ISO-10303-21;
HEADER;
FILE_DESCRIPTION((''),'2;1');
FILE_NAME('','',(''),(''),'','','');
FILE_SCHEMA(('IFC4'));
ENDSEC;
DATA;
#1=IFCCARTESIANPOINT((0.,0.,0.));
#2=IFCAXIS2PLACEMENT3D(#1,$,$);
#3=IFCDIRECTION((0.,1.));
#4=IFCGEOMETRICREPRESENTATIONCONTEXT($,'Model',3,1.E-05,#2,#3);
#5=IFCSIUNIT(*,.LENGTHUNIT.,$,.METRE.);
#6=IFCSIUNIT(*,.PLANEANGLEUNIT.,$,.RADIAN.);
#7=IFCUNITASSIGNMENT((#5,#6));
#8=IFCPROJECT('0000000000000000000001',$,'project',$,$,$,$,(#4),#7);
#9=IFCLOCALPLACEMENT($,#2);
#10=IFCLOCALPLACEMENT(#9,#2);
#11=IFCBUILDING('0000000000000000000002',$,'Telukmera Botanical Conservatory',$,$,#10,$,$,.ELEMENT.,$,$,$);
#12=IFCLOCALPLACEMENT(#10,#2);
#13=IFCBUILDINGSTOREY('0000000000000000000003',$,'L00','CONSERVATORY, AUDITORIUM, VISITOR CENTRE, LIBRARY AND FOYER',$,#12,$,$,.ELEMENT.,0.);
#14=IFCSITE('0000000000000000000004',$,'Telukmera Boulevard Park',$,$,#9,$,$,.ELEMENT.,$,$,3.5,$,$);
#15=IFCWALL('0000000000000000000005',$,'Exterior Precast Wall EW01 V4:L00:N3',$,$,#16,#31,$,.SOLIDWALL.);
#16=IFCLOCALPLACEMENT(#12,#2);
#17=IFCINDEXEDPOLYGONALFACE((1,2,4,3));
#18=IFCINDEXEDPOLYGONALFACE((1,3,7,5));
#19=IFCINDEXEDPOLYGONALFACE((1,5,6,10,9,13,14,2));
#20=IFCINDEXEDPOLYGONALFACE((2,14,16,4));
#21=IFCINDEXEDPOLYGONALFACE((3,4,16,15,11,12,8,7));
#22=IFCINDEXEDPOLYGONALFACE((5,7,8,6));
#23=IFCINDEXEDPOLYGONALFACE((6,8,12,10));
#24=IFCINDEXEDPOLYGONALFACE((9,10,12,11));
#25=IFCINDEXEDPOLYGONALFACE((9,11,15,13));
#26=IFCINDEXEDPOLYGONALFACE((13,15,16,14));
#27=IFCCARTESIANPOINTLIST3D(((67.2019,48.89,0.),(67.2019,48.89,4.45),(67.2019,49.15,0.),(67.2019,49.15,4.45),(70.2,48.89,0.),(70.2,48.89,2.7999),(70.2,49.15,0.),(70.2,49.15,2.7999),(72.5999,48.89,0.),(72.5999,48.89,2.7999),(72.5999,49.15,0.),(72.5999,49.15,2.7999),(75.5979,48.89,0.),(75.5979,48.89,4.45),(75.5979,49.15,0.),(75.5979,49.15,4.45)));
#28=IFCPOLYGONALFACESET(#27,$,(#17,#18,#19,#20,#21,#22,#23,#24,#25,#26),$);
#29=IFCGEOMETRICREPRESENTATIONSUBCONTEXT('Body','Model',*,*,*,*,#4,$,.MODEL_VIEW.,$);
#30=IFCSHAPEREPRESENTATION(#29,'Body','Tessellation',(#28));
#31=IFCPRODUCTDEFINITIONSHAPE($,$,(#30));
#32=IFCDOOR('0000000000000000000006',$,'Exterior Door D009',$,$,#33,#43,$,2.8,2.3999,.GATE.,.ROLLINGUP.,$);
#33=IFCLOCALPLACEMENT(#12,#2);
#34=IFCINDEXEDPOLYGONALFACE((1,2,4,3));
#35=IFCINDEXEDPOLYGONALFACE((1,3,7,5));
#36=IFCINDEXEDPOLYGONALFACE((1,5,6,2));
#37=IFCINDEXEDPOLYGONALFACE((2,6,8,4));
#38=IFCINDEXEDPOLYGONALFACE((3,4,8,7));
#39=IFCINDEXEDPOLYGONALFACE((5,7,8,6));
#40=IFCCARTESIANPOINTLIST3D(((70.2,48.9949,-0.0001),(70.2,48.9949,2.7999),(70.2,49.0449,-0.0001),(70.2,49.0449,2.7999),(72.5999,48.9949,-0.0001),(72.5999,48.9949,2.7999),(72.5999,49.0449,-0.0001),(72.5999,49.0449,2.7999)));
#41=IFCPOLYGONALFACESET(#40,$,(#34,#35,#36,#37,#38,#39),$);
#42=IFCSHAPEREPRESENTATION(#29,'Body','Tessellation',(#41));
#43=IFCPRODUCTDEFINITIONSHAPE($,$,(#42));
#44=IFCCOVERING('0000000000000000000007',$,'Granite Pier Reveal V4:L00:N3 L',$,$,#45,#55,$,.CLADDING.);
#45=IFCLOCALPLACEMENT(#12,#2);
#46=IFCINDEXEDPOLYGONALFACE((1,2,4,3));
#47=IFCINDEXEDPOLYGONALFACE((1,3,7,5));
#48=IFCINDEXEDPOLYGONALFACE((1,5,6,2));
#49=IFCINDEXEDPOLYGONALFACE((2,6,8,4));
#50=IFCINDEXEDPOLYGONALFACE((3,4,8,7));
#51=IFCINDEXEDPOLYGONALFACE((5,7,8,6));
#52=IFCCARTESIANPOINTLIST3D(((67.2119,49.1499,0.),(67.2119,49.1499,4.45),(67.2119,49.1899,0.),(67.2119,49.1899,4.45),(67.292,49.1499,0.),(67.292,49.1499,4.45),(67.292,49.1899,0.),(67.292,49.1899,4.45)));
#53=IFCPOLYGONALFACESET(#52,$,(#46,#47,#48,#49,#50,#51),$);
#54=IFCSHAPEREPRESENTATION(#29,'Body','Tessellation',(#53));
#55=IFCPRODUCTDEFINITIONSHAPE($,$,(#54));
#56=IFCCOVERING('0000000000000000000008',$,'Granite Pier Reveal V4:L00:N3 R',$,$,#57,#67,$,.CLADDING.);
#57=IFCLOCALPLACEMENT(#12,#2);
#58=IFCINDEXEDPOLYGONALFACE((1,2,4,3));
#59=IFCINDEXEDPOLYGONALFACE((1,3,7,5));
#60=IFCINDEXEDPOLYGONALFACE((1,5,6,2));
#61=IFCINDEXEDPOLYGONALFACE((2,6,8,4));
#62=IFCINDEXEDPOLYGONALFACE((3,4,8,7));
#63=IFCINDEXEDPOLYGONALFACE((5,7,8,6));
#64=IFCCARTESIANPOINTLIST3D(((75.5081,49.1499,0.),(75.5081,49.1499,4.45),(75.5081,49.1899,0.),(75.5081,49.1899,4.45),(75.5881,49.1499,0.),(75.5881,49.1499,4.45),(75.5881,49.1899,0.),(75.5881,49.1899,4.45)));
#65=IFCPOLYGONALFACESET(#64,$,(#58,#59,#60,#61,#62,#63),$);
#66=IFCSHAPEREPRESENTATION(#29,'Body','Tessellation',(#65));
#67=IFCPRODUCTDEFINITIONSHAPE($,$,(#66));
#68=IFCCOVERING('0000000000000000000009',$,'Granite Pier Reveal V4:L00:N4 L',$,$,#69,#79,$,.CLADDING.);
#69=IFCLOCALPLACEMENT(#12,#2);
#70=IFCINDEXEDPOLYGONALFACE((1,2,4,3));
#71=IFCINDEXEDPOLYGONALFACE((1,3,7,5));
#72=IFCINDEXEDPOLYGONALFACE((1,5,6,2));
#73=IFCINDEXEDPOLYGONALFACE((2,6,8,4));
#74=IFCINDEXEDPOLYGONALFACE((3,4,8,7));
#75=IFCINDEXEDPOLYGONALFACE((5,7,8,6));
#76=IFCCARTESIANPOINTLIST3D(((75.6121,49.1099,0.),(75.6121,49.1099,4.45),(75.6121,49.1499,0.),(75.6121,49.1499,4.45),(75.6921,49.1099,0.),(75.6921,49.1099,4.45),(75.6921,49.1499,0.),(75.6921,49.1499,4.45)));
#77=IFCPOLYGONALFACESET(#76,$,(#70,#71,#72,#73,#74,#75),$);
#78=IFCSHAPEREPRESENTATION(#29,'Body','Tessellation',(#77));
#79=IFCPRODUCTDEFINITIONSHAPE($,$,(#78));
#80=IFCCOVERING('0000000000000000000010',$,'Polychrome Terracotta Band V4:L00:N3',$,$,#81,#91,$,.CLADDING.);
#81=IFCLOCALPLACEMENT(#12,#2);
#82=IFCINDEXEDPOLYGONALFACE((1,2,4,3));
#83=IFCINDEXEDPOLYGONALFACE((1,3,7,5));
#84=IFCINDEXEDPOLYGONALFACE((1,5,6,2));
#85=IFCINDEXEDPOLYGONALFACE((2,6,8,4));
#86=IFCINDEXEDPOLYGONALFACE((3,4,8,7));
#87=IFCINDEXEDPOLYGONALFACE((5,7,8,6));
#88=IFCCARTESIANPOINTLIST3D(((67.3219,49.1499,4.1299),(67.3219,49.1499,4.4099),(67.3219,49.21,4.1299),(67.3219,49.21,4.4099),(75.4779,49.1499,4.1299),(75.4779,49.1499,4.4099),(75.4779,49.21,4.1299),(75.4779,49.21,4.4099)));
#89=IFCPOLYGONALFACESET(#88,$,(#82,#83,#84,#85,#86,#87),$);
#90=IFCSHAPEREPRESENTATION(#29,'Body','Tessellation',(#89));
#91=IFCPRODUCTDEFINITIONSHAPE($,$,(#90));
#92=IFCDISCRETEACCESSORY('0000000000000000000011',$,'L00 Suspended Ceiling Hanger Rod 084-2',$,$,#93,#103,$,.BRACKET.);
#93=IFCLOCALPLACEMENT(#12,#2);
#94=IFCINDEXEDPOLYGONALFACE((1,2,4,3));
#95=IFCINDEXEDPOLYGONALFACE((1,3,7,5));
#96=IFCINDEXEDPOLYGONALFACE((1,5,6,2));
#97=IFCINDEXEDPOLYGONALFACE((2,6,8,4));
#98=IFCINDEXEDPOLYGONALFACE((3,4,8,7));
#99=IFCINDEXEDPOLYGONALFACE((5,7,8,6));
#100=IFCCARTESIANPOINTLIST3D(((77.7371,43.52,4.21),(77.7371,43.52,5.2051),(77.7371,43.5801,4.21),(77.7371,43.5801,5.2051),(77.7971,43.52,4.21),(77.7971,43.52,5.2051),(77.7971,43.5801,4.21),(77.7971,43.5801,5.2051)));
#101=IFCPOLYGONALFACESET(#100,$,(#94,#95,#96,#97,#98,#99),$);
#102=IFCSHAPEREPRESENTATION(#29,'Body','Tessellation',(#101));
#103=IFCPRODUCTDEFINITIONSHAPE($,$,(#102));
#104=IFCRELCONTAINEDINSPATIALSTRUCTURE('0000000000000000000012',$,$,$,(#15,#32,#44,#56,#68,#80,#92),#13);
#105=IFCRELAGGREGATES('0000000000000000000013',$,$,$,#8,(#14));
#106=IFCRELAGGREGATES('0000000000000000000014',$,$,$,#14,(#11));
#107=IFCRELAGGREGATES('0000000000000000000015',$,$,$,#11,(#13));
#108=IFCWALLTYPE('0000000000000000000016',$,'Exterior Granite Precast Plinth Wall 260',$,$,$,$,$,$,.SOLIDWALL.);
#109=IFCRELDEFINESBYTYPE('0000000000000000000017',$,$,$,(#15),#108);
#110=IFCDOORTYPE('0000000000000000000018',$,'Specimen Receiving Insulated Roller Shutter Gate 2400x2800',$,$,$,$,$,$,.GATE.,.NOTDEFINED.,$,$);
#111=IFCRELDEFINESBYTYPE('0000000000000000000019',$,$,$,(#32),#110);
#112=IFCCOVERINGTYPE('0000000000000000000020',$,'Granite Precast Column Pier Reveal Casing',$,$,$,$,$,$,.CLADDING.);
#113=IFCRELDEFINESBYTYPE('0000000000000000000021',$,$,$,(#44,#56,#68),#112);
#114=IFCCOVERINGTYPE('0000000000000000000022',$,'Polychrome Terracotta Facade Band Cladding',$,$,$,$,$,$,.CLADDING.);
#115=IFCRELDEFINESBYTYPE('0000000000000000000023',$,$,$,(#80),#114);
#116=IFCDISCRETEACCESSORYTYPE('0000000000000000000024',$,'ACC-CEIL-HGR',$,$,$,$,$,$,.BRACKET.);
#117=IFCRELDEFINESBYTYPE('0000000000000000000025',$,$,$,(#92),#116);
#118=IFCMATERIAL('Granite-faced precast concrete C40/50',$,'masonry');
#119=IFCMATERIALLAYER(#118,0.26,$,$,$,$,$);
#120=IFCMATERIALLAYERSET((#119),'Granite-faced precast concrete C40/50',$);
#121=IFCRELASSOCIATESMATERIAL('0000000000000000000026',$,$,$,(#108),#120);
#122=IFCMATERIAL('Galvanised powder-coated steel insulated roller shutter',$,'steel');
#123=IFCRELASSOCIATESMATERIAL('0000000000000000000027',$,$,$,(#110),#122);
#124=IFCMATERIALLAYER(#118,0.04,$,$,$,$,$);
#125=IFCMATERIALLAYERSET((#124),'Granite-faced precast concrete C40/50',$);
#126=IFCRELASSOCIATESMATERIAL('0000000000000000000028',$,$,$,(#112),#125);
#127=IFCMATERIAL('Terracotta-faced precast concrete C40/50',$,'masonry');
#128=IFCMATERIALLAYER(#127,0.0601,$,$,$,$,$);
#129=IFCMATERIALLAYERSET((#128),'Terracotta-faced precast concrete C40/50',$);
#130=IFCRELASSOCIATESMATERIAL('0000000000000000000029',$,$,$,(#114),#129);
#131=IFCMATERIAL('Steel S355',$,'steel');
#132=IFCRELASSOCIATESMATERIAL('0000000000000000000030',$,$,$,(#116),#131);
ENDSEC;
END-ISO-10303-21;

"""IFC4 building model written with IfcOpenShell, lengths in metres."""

from ifc_helpers import new_model, si_unit, direction, frame, frame_2d, origin, origin_2d, place, context, subcontext, project, spatial, rectangle, extrude, material, layer, layer_set, type_object, element, fill, save


model = new_model("IFC4")

# Units and contexts
model_context = context("Model", 3, precision=1e-05, world=origin(), true_north=direction((0.0, 1.0)))
body_context = subcontext(model_context, "Body", "Model", "MODEL_VIEW")
ifc_project = project(units=[si_unit("LENGTHUNIT", "METRE"), si_unit("PLANEANGLEUNIT", "RADIAN")], contexts=[model_context])

# Site, building, storey
site_placement = place(None, origin())
site = spatial("IfcSite", under=ifc_project, at=site_placement, Name="Telukmera Boulevard Park", CompositionType="ELEMENT", RefElevation=3.5)
building_placement = place(site_placement, origin())
building = spatial("IfcBuilding", under=site, at=building_placement, Name="Telukmera Botanical Conservatory", CompositionType="ELEMENT")
storey_placement = place(building_placement, origin())
storey = spatial("IfcBuildingStorey", under=building, at=storey_placement, Name="L00", Description="CONSERVATORY, AUDITORIUM, VISITOR CENTRE, LIBRARY AND FOYER", CompositionType="ELEMENT", Elevation=0.0)

# Wall, opening, door
ifc_material_1 = material(Name="Granite-faced precast concrete C40/50", Category="masonry")
ifc_layer_1 = layer(ifc_material_1, 0.26)
ifc_layer_set_1 = layer_set([ifc_layer_1], Name="Granite-faced precast concrete C40/50")
wall_type = type_object("IfcWallType", Name="Exterior Granite Precast Plinth Wall 260", PredefinedType="SOLIDWALL", material=ifc_layer_set_1)
wall_placement = place(storey_placement, frame((67.2019, 49.02, 0.0), z_axis=(0.0, 0.0, 1.0), x_axis=(1.0, 0.0, 0.0)))
wall = element("IfcWall", 1, at=wall_placement, inside=storey, type_object=wall_type, Name="Exterior Precast Wall EW01 V4:L00:N3", PredefinedType="SOLIDWALL", context=body_context, shape_type="SweptSolid", body=[
    extrude(rectangle(XDim=8.396, YDim=0.26, at=frame_2d((4.198, 0.0))), origin(), (0.0, 0.0, 1.0), 4.45),
])
opening_placement = place(wall_placement, frame((2.998, 0.0, 0.0)))
opening = element("IfcOpeningElement", 2, at=opening_placement, cuts=wall, PredefinedType="OPENING", context=body_context, shape_type="SweptSolid", body=[
    extrude(rectangle(XDim=2.3999, YDim=2.8, at=frame_2d((1.2, 1.3999))), frame((0.0, 0.1399, 0.0), z_axis=(0.0, -1.0, 0.0), x_axis=(1.0, 0.0, 0.0)), (0.0, 0.0, 1.0), 0.28),
])
ifc_material_2 = material(Name="Galvanised powder-coated steel insulated roller shutter", Category="steel")
door_type = type_object("IfcDoorType", Name="Specimen Receiving Insulated Roller Shutter Gate 2400x2800", OperationType="NOTDEFINED", PredefinedType="GATE", material=ifc_material_2)
door_placement = place(opening_placement, origin())
door = element("IfcDoor", 3, at=door_placement, inside=storey, type_object=door_type, Name="Exterior Door D009", OperationType="ROLLINGUP", OverallHeight=2.8, OverallWidth=2.3999, PredefinedType="GATE", context=body_context, shape_type="SweptSolid", body=[
    extrude(rectangle(XDim=2.3999, YDim=2.8, at=frame_2d((1.2, 1.3999))), frame((0.0, 0.0249, 0.0), z_axis=(0.0, -1.0, 0.0), x_axis=(1.0, 0.0, 0.0)), (0.0, 0.0, 1.0), 0.05),
])
fill(opening, door)

# Coverings
ifc_layer_2 = layer(ifc_material_1, 0.04)
ifc_layer_set_2 = layer_set([ifc_layer_2], Name="Granite-faced precast concrete C40/50")
covering_type_1 = type_object("IfcCoveringType", Name="Granite Precast Column Pier Reveal Casing", PredefinedType="CLADDING", material=ifc_layer_set_2)
for number, where, z_axis, x_axis, name in (
    (4, (67.252, 49.1699, 0.0), (0.0, 0.0, 1.0), (1.0, 0.0, 0.0), "Granite Pier Reveal V4:L00:N3 L"),
    (5, (75.5481, 49.1699, 0.0), (0.0, 0.0, 1.0), (1.0, 0.0, 0.0), "Granite Pier Reveal V4:L00:N3 R"),
    (6, (75.6521, 49.1299, 0.0), (0.0, 0.0, 1.0), (1.0, 0.0, 0.0), "Granite Pier Reveal V4:L00:N4 L"),
):
    element("IfcCovering", number, at=place(storey_placement, frame(where, z_axis=z_axis, x_axis=x_axis)), inside=storey, type_object=covering_type_1, Name=name, PredefinedType="CLADDING", context=body_context, shape_type="SweptSolid", body=[
        extrude(rectangle(XDim=0.0801, YDim=0.04, at=origin_2d()), origin(), (0.0, 0.0, 1.0), 4.45),
    ])
ifc_material_3 = material(Name="Terracotta-faced precast concrete C40/50", Category="masonry")
ifc_layer_3 = layer(ifc_material_3, 0.0601)
ifc_layer_set_3 = layer_set([ifc_layer_3], Name="Terracotta-faced precast concrete C40/50")
covering_type_2 = type_object("IfcCoveringType", Name="Polychrome Terracotta Facade Band Cladding", PredefinedType="CLADDING", material=ifc_layer_set_3)
covering_placement = place(storey_placement, frame((71.3999, 49.1799, 4.1299), z_axis=(0.0, 0.0, 1.0), x_axis=(1.0, 0.0, 0.0)))
element("IfcCovering", 7, at=covering_placement, inside=storey, type_object=covering_type_2, Name="Polychrome Terracotta Band V4:L00:N3", PredefinedType="CLADDING", context=body_context, shape_type="SweptSolid", body=[
    extrude(rectangle(XDim=8.156, YDim=0.0601, at=origin_2d()), origin(), (0.0, 0.0, 1.0), 0.28),
])

# Discrete accessory
ifc_material_4 = material(Name="Steel S355", Category="steel")
discrete_accessory_type = type_object("IfcDiscreteAccessoryType", Name="ACC-CEIL-HGR", PredefinedType="BRACKET", material=ifc_material_4)
discrete_accessory_placement = place(storey_placement, frame((77.7671, 43.55, 4.21), z_axis=(0.0, 0.0, 1.0), x_axis=(1.0, 0.0, 0.0)))
element("IfcDiscreteAccessory", 8, at=discrete_accessory_placement, inside=storey, type_object=discrete_accessory_type, Name="L00 Suspended Ceiling Hanger Rod 084-2", PredefinedType="BRACKET", context=body_context, shape_type="SweptSolid", body=[
    extrude(rectangle(XDim=0.0601, YDim=0.0601, at=origin_2d()), origin(), (0.0, 0.0, 1.0), 0.9951),
])

save(model, "model.ifc")
